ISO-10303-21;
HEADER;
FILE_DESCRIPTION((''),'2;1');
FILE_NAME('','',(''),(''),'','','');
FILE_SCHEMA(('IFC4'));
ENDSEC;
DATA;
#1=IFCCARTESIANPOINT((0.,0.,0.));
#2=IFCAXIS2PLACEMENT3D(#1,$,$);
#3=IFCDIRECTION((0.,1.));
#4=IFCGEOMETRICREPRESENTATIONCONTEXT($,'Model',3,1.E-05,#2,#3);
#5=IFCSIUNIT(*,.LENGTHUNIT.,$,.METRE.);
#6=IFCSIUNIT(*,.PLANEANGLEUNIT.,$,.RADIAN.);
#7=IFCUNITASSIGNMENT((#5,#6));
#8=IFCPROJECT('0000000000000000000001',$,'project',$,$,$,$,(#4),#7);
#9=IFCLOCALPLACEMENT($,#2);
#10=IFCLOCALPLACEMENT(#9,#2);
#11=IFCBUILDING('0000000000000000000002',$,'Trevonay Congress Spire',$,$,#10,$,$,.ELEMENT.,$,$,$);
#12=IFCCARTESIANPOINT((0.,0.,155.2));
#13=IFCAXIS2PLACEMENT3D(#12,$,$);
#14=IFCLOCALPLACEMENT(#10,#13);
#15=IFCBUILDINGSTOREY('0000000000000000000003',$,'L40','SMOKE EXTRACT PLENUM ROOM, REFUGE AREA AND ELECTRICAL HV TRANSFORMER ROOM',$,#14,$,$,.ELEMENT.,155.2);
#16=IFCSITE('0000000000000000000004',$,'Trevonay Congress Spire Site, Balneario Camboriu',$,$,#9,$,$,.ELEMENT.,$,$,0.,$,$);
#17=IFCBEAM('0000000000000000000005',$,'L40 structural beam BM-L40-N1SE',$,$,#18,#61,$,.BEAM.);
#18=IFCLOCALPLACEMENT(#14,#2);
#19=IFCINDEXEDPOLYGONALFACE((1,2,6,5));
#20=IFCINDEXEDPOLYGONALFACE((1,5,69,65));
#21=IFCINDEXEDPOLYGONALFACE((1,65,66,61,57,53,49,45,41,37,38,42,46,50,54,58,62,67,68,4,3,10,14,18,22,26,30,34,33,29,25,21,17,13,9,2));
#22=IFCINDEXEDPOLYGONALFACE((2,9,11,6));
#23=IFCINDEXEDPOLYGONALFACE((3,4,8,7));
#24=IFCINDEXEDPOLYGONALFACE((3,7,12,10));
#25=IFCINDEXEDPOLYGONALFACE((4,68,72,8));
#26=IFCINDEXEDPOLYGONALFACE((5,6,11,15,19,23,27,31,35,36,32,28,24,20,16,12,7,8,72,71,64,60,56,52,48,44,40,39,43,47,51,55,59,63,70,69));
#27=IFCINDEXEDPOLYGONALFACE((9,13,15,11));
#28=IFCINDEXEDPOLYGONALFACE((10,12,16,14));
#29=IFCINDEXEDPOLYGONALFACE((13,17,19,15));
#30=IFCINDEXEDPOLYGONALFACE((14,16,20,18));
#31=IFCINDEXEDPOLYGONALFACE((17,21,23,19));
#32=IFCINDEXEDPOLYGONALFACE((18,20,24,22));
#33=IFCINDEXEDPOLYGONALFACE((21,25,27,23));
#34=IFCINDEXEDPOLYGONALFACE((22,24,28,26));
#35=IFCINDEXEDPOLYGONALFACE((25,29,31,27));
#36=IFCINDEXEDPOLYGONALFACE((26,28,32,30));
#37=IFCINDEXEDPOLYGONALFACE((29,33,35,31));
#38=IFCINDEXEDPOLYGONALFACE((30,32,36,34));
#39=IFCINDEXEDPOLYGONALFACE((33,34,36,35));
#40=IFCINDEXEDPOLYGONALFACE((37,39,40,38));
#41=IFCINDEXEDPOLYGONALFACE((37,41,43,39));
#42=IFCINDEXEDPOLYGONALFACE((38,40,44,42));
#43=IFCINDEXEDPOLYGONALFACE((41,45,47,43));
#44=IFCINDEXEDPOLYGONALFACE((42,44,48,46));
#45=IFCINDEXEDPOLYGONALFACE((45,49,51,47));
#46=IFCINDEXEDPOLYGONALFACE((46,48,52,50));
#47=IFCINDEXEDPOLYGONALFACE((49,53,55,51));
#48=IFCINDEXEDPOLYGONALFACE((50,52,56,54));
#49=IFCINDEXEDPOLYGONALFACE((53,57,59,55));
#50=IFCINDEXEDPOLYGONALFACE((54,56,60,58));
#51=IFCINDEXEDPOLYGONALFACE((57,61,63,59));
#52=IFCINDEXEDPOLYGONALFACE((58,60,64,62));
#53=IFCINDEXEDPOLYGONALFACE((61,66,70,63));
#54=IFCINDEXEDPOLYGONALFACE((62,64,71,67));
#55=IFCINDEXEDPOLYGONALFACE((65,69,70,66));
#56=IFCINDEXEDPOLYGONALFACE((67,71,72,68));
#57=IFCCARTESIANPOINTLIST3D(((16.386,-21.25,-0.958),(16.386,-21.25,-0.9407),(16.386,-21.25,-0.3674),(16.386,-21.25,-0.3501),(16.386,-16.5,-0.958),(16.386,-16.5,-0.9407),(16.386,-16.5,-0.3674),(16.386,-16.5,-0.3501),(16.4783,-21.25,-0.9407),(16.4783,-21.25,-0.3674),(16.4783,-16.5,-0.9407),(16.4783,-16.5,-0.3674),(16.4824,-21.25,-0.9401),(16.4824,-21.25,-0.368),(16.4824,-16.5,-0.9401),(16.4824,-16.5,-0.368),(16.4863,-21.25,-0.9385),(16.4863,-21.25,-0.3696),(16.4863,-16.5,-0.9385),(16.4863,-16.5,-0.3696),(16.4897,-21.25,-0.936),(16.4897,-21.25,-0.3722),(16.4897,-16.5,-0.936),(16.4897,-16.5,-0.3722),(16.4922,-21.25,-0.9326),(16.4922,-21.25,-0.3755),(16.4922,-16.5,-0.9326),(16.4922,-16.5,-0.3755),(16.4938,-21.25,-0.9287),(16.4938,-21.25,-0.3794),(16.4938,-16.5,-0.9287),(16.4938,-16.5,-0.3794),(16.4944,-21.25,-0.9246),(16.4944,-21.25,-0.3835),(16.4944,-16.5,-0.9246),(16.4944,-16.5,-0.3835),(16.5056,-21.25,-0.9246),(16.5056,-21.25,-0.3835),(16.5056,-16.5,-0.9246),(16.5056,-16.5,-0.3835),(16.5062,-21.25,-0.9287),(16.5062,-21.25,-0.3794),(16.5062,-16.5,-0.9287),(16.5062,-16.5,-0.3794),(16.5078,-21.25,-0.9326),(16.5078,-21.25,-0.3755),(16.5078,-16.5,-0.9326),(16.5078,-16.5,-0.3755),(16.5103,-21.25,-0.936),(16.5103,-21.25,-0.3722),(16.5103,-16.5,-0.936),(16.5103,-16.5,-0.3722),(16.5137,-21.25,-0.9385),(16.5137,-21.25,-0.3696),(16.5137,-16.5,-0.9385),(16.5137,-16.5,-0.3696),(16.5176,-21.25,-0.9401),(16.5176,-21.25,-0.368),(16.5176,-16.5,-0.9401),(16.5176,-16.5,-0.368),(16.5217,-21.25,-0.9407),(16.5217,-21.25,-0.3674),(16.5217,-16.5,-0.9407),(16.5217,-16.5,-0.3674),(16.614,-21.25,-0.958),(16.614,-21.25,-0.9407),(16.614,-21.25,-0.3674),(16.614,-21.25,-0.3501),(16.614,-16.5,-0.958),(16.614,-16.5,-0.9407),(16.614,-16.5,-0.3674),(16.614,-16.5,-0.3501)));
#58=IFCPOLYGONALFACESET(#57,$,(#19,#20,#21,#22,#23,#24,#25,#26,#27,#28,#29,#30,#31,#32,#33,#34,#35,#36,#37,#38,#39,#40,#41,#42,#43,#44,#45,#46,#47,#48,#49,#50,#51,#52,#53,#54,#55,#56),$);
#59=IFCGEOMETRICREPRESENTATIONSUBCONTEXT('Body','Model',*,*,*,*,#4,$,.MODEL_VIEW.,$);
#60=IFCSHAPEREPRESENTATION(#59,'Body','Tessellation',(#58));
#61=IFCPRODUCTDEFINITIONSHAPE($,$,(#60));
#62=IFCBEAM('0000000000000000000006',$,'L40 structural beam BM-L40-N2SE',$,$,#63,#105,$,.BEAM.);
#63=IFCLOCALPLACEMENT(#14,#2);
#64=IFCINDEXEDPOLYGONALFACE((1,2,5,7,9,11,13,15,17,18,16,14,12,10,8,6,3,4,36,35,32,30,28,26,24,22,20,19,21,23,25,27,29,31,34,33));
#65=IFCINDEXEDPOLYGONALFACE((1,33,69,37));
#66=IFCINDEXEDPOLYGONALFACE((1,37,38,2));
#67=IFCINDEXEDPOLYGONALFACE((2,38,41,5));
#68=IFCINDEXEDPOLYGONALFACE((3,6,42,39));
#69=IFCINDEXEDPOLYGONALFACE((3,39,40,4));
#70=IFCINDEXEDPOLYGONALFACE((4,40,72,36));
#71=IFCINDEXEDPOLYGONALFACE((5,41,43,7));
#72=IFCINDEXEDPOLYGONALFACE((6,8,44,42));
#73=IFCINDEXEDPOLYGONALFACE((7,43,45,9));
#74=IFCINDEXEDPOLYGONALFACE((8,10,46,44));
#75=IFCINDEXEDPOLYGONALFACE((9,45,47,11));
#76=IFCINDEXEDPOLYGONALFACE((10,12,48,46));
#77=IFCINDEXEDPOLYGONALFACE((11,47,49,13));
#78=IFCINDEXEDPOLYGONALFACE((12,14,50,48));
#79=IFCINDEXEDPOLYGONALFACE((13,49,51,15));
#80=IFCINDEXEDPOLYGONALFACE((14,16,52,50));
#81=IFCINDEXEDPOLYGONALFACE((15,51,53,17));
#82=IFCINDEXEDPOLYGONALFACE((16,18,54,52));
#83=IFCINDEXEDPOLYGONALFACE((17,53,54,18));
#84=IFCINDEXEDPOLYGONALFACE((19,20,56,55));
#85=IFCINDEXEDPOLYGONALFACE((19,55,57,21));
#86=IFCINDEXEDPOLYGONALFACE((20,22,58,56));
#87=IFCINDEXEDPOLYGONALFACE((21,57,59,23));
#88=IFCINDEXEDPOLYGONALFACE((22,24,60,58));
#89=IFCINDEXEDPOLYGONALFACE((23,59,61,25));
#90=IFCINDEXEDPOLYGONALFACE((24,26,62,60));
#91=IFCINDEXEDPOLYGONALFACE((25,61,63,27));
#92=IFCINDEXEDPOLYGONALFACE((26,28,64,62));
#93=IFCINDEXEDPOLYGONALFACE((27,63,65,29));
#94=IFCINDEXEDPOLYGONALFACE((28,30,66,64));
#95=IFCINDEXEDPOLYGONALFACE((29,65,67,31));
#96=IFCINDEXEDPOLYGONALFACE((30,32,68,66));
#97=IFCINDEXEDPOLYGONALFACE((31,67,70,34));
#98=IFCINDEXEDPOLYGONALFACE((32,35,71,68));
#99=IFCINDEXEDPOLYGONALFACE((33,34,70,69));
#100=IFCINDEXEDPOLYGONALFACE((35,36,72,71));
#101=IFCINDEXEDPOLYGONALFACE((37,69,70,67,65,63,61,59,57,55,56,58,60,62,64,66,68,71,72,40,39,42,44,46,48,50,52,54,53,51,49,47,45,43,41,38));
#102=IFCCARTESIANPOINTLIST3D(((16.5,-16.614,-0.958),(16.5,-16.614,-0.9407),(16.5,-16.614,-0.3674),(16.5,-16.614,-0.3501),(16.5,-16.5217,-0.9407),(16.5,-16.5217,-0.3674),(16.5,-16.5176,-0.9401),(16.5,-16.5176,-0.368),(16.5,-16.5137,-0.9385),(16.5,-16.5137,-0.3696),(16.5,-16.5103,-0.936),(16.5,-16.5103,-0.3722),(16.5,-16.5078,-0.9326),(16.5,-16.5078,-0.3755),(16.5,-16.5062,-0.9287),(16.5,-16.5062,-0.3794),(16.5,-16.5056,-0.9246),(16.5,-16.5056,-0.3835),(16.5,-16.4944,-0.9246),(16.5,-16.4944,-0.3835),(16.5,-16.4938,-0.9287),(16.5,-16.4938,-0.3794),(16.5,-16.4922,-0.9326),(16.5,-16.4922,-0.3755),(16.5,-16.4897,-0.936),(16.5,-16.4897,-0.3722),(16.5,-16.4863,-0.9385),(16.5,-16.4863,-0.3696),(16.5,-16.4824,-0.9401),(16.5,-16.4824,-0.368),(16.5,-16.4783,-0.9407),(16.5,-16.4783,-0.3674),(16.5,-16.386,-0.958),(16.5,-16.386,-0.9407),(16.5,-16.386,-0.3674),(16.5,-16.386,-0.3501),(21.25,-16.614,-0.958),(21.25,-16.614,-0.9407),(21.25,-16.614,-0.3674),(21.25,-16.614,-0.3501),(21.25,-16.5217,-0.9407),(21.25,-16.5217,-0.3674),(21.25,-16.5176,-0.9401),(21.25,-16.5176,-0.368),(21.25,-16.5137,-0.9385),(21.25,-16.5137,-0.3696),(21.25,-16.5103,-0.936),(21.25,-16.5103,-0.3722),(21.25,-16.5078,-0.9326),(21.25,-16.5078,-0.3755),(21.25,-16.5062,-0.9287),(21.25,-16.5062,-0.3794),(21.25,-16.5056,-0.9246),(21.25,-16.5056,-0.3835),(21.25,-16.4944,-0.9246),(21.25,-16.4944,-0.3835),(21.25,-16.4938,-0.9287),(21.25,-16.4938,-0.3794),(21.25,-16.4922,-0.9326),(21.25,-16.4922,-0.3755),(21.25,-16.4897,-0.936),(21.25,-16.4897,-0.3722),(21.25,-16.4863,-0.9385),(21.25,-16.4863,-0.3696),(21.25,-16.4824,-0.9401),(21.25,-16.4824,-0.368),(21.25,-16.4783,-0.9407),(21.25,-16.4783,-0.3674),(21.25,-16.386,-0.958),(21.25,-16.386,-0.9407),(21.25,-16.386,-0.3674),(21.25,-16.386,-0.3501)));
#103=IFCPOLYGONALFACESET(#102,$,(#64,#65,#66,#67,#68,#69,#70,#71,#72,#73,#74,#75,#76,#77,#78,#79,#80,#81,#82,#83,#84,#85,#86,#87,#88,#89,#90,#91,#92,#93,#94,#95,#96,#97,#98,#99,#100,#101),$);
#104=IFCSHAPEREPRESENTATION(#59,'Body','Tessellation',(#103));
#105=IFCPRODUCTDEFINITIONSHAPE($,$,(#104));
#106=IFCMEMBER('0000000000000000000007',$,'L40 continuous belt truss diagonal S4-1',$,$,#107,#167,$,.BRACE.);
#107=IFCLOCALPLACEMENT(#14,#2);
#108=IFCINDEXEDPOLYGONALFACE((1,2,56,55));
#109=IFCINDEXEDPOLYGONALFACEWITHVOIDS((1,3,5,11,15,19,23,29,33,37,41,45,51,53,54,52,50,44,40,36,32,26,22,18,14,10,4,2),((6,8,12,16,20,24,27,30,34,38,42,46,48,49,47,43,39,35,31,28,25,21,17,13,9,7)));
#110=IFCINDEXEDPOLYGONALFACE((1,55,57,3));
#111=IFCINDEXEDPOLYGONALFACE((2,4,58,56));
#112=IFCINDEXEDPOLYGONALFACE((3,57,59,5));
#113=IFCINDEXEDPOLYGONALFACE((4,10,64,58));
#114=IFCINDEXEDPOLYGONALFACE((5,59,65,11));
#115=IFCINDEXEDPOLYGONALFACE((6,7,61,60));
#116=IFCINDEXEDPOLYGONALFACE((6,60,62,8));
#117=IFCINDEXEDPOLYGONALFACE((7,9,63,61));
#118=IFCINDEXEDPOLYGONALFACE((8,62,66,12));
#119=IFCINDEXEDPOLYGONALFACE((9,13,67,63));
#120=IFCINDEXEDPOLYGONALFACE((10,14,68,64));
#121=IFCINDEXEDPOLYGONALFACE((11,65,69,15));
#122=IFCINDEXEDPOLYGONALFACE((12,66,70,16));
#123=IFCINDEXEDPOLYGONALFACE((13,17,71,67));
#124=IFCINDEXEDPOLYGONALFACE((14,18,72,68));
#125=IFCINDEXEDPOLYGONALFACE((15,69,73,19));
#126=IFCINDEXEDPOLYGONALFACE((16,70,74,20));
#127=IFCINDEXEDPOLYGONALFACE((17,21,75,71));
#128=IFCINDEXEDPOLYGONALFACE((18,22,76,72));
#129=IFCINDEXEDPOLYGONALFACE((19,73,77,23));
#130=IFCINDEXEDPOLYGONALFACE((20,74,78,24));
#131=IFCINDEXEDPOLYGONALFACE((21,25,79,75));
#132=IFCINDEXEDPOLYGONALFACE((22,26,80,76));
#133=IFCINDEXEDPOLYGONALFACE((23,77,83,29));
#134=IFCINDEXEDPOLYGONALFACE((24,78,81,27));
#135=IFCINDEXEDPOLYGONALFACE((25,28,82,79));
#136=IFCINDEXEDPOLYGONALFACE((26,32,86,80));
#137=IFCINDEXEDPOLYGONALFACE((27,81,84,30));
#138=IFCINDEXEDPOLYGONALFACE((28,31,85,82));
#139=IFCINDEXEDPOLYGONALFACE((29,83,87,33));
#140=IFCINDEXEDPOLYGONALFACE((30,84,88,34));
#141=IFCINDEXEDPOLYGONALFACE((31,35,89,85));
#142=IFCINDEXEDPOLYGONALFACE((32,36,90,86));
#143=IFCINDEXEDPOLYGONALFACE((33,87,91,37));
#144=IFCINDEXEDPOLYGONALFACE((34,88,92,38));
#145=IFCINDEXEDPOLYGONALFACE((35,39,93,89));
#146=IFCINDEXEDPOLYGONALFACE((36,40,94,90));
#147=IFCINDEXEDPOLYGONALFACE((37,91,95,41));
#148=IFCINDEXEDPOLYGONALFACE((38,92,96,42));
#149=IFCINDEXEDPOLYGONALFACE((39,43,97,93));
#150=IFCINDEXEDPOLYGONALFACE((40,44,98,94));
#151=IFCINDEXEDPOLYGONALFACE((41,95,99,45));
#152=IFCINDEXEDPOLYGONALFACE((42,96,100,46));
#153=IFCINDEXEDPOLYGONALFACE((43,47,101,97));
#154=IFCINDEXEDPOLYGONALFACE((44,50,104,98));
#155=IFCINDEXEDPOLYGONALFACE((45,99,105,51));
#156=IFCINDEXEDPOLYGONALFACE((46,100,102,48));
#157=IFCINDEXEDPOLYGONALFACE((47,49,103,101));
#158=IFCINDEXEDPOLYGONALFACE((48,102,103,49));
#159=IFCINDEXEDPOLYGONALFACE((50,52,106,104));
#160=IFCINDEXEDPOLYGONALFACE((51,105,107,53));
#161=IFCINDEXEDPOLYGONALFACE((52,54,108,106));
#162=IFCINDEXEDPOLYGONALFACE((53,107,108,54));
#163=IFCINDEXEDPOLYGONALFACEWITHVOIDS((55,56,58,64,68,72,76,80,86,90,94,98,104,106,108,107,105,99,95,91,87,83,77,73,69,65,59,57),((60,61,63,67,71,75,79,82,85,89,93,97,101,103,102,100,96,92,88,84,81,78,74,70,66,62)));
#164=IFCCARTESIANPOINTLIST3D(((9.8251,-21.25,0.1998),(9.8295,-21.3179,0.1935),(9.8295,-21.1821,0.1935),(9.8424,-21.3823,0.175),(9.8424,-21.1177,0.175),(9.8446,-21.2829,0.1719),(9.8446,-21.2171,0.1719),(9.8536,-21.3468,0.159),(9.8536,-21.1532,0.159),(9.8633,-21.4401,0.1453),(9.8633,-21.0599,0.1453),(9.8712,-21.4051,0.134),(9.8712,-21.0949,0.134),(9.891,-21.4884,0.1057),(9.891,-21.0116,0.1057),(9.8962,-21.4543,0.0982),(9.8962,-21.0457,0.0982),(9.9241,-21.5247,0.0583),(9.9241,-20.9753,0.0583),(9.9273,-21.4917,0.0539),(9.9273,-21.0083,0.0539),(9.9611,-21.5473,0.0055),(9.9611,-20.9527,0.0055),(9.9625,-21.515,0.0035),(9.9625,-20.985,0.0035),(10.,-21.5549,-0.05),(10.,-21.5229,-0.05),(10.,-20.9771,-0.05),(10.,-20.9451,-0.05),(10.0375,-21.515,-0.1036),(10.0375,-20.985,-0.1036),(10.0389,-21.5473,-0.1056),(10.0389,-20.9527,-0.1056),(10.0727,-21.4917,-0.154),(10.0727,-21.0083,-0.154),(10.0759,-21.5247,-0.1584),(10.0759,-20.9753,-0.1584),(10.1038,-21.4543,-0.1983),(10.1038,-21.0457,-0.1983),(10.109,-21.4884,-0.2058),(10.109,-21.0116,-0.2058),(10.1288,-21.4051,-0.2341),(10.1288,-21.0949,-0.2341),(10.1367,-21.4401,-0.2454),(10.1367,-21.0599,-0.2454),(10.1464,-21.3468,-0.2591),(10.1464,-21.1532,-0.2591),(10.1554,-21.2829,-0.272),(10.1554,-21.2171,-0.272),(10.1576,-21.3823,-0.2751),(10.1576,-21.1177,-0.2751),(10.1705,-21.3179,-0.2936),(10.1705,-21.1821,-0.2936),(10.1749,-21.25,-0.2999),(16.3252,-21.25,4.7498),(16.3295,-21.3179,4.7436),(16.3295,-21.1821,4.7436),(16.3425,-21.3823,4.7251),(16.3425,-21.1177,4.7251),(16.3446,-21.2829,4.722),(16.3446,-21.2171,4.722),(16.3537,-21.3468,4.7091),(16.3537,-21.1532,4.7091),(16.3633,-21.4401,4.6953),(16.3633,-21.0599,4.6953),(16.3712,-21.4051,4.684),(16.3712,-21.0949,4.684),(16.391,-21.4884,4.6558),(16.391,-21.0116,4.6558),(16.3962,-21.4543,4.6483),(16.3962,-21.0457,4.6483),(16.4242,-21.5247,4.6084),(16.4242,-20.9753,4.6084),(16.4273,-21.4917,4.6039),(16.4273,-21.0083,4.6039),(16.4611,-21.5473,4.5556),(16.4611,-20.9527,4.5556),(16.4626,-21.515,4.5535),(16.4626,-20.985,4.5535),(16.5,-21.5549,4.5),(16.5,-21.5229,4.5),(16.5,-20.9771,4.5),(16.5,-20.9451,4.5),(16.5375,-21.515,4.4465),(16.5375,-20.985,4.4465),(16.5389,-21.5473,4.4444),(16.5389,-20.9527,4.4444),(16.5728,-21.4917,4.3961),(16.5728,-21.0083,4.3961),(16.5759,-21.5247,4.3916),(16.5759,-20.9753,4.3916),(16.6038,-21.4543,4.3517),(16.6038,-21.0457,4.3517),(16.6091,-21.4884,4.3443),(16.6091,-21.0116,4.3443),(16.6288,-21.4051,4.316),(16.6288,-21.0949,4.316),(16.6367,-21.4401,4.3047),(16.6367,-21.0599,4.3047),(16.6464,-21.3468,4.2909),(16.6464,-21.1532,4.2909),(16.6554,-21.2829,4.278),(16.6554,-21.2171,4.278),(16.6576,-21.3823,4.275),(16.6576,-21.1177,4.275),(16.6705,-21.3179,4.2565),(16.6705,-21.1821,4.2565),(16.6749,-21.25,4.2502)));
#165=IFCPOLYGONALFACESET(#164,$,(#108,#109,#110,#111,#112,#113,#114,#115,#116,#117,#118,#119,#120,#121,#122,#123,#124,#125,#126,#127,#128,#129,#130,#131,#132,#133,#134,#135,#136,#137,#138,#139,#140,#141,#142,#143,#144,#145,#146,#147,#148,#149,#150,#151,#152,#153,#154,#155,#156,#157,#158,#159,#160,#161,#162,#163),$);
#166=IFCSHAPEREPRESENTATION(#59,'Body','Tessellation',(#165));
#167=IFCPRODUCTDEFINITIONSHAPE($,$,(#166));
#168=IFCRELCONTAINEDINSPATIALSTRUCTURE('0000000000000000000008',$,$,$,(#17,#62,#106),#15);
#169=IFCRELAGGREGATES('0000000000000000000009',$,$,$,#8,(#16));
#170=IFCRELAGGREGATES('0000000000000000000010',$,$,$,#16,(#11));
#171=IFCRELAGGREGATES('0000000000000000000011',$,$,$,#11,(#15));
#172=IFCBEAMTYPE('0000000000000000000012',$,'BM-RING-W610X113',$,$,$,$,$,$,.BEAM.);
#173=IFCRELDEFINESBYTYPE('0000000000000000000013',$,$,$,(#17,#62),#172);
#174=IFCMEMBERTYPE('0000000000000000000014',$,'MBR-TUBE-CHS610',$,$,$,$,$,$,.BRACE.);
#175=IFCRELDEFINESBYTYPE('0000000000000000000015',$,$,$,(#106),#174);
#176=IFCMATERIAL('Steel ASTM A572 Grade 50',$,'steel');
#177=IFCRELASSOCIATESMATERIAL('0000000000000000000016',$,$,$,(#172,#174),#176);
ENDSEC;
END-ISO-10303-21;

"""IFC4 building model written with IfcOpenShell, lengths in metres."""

from ifc_helpers import new_model, si_unit, direction, frame, origin, origin_2d, place, context, subcontext, project, spatial, hollow_circle, i_section, extrude, material, material_profile, profile_set, type_object, element, save


model = new_model("IFC4")

# Units and contexts
model_context = context("Model", 3, precision=1e-05, world=origin(), true_north=direction((0.0, 1.0)))
body_context = subcontext(model_context, "Body", "Model", "MODEL_VIEW")
ifc_project = project(units=[si_unit("LENGTHUNIT", "METRE"), si_unit("PLANEANGLEUNIT", "RADIAN")], contexts=[model_context])

# Site, building, storey
site_placement = place(None, origin())
site = spatial("IfcSite", under=ifc_project, at=site_placement, Name="Trevonay Congress Spire Site, Balneario Camboriu", CompositionType="ELEMENT", RefElevation=0.0)
building_placement = place(site_placement, origin())
building = spatial("IfcBuilding", under=site, at=building_placement, Name="Trevonay Congress Spire", CompositionType="ELEMENT")
storey_placement = place(building_placement, frame((0.0, 0.0, 155.2)))
storey = spatial("IfcBuildingStorey", under=building, at=storey_placement, Name="L40", Description="SMOKE EXTRACT PLENUM ROOM, REFUGE AREA AND ELECTRICAL HV TRANSFORMER ROOM", CompositionType="ELEMENT", Elevation=155.2)

# Shared definitions
ifc_material_1 = material(Name="Steel ASTM A572 Grade 50", Category="steel")

# Beams
ifc_material_profile_1 = material_profile(ifc_material_1, i_section(OverallWidth=0.228, OverallDepth=0.6079, WebThickness=0.0112, FlangeThickness=0.0173, FilletRadius=0.0161, at=origin_2d()), Name="W610x113")
ifc_profile_set_1 = profile_set([ifc_material_profile_1], Name="Steel ASTM A572 Grade 50")
beam_type = type_object("IfcBeamType", Name="BM-RING-W610X113", PredefinedType="BEAM", material=ifc_profile_set_1)
for number, where, z_axis, x_axis, name in (
    (1, (16.5, -21.25, -0.6541), (0.0, 1.0, 0.0), (-1.0, 0.0, 0.0), "L40 structural beam BM-L40-N1SE"),
    (2, (21.25, -16.5, -0.6541), (-1.0, 0.0, 0.0), (0.0, -1.0, 0.0), "L40 structural beam BM-L40-N2SE"),
):
    element("IfcBeam", number, at=place(storey_placement, frame(where, z_axis=z_axis, x_axis=x_axis)), inside=storey, type_object=beam_type, Name=name, PredefinedType="BEAM", context=body_context, shape_type="SweptSolid", body=[
        extrude(i_section(OverallWidth=0.228, OverallDepth=0.6079, WebThickness=0.0112, FlangeThickness=0.0173, FilletRadius=0.0161, at=origin_2d()), origin(), (0.0, 0.0, 1.0), 4.75),
    ])

# Member
ifc_material_profile_2 = material_profile(ifc_material_1, hollow_circle(Radius=0.3049, WallThickness=0.032, at=origin_2d()), Name="CHS 610x32")
ifc_profile_set_2 = profile_set([ifc_material_profile_2], Name="Steel ASTM A572 Grade 50")
member_type = type_object("IfcMemberType", Name="MBR-TUBE-CHS610", PredefinedType="BRACE", material=ifc_profile_set_2)
member_1_placement = place(storey_placement, frame((10.0, -21.25, -0.05), z_axis=(0.819229, 0.0, 0.573466), x_axis=(0.0, 1.0, 0.0)))
element("IfcMember", 3, at=member_1_placement, inside=storey, type_object=member_type, Name="L40 continuous belt truss diagonal S4-1", PredefinedType="BRACE", context=body_context, shape_type="SweptSolid", body=[
    extrude(hollow_circle(Radius=0.3049, WallThickness=0.032, at=origin_2d()), origin(), (0.0, 0.0, 1.0), 7.9343),
])

save(model, "model.ifc")
